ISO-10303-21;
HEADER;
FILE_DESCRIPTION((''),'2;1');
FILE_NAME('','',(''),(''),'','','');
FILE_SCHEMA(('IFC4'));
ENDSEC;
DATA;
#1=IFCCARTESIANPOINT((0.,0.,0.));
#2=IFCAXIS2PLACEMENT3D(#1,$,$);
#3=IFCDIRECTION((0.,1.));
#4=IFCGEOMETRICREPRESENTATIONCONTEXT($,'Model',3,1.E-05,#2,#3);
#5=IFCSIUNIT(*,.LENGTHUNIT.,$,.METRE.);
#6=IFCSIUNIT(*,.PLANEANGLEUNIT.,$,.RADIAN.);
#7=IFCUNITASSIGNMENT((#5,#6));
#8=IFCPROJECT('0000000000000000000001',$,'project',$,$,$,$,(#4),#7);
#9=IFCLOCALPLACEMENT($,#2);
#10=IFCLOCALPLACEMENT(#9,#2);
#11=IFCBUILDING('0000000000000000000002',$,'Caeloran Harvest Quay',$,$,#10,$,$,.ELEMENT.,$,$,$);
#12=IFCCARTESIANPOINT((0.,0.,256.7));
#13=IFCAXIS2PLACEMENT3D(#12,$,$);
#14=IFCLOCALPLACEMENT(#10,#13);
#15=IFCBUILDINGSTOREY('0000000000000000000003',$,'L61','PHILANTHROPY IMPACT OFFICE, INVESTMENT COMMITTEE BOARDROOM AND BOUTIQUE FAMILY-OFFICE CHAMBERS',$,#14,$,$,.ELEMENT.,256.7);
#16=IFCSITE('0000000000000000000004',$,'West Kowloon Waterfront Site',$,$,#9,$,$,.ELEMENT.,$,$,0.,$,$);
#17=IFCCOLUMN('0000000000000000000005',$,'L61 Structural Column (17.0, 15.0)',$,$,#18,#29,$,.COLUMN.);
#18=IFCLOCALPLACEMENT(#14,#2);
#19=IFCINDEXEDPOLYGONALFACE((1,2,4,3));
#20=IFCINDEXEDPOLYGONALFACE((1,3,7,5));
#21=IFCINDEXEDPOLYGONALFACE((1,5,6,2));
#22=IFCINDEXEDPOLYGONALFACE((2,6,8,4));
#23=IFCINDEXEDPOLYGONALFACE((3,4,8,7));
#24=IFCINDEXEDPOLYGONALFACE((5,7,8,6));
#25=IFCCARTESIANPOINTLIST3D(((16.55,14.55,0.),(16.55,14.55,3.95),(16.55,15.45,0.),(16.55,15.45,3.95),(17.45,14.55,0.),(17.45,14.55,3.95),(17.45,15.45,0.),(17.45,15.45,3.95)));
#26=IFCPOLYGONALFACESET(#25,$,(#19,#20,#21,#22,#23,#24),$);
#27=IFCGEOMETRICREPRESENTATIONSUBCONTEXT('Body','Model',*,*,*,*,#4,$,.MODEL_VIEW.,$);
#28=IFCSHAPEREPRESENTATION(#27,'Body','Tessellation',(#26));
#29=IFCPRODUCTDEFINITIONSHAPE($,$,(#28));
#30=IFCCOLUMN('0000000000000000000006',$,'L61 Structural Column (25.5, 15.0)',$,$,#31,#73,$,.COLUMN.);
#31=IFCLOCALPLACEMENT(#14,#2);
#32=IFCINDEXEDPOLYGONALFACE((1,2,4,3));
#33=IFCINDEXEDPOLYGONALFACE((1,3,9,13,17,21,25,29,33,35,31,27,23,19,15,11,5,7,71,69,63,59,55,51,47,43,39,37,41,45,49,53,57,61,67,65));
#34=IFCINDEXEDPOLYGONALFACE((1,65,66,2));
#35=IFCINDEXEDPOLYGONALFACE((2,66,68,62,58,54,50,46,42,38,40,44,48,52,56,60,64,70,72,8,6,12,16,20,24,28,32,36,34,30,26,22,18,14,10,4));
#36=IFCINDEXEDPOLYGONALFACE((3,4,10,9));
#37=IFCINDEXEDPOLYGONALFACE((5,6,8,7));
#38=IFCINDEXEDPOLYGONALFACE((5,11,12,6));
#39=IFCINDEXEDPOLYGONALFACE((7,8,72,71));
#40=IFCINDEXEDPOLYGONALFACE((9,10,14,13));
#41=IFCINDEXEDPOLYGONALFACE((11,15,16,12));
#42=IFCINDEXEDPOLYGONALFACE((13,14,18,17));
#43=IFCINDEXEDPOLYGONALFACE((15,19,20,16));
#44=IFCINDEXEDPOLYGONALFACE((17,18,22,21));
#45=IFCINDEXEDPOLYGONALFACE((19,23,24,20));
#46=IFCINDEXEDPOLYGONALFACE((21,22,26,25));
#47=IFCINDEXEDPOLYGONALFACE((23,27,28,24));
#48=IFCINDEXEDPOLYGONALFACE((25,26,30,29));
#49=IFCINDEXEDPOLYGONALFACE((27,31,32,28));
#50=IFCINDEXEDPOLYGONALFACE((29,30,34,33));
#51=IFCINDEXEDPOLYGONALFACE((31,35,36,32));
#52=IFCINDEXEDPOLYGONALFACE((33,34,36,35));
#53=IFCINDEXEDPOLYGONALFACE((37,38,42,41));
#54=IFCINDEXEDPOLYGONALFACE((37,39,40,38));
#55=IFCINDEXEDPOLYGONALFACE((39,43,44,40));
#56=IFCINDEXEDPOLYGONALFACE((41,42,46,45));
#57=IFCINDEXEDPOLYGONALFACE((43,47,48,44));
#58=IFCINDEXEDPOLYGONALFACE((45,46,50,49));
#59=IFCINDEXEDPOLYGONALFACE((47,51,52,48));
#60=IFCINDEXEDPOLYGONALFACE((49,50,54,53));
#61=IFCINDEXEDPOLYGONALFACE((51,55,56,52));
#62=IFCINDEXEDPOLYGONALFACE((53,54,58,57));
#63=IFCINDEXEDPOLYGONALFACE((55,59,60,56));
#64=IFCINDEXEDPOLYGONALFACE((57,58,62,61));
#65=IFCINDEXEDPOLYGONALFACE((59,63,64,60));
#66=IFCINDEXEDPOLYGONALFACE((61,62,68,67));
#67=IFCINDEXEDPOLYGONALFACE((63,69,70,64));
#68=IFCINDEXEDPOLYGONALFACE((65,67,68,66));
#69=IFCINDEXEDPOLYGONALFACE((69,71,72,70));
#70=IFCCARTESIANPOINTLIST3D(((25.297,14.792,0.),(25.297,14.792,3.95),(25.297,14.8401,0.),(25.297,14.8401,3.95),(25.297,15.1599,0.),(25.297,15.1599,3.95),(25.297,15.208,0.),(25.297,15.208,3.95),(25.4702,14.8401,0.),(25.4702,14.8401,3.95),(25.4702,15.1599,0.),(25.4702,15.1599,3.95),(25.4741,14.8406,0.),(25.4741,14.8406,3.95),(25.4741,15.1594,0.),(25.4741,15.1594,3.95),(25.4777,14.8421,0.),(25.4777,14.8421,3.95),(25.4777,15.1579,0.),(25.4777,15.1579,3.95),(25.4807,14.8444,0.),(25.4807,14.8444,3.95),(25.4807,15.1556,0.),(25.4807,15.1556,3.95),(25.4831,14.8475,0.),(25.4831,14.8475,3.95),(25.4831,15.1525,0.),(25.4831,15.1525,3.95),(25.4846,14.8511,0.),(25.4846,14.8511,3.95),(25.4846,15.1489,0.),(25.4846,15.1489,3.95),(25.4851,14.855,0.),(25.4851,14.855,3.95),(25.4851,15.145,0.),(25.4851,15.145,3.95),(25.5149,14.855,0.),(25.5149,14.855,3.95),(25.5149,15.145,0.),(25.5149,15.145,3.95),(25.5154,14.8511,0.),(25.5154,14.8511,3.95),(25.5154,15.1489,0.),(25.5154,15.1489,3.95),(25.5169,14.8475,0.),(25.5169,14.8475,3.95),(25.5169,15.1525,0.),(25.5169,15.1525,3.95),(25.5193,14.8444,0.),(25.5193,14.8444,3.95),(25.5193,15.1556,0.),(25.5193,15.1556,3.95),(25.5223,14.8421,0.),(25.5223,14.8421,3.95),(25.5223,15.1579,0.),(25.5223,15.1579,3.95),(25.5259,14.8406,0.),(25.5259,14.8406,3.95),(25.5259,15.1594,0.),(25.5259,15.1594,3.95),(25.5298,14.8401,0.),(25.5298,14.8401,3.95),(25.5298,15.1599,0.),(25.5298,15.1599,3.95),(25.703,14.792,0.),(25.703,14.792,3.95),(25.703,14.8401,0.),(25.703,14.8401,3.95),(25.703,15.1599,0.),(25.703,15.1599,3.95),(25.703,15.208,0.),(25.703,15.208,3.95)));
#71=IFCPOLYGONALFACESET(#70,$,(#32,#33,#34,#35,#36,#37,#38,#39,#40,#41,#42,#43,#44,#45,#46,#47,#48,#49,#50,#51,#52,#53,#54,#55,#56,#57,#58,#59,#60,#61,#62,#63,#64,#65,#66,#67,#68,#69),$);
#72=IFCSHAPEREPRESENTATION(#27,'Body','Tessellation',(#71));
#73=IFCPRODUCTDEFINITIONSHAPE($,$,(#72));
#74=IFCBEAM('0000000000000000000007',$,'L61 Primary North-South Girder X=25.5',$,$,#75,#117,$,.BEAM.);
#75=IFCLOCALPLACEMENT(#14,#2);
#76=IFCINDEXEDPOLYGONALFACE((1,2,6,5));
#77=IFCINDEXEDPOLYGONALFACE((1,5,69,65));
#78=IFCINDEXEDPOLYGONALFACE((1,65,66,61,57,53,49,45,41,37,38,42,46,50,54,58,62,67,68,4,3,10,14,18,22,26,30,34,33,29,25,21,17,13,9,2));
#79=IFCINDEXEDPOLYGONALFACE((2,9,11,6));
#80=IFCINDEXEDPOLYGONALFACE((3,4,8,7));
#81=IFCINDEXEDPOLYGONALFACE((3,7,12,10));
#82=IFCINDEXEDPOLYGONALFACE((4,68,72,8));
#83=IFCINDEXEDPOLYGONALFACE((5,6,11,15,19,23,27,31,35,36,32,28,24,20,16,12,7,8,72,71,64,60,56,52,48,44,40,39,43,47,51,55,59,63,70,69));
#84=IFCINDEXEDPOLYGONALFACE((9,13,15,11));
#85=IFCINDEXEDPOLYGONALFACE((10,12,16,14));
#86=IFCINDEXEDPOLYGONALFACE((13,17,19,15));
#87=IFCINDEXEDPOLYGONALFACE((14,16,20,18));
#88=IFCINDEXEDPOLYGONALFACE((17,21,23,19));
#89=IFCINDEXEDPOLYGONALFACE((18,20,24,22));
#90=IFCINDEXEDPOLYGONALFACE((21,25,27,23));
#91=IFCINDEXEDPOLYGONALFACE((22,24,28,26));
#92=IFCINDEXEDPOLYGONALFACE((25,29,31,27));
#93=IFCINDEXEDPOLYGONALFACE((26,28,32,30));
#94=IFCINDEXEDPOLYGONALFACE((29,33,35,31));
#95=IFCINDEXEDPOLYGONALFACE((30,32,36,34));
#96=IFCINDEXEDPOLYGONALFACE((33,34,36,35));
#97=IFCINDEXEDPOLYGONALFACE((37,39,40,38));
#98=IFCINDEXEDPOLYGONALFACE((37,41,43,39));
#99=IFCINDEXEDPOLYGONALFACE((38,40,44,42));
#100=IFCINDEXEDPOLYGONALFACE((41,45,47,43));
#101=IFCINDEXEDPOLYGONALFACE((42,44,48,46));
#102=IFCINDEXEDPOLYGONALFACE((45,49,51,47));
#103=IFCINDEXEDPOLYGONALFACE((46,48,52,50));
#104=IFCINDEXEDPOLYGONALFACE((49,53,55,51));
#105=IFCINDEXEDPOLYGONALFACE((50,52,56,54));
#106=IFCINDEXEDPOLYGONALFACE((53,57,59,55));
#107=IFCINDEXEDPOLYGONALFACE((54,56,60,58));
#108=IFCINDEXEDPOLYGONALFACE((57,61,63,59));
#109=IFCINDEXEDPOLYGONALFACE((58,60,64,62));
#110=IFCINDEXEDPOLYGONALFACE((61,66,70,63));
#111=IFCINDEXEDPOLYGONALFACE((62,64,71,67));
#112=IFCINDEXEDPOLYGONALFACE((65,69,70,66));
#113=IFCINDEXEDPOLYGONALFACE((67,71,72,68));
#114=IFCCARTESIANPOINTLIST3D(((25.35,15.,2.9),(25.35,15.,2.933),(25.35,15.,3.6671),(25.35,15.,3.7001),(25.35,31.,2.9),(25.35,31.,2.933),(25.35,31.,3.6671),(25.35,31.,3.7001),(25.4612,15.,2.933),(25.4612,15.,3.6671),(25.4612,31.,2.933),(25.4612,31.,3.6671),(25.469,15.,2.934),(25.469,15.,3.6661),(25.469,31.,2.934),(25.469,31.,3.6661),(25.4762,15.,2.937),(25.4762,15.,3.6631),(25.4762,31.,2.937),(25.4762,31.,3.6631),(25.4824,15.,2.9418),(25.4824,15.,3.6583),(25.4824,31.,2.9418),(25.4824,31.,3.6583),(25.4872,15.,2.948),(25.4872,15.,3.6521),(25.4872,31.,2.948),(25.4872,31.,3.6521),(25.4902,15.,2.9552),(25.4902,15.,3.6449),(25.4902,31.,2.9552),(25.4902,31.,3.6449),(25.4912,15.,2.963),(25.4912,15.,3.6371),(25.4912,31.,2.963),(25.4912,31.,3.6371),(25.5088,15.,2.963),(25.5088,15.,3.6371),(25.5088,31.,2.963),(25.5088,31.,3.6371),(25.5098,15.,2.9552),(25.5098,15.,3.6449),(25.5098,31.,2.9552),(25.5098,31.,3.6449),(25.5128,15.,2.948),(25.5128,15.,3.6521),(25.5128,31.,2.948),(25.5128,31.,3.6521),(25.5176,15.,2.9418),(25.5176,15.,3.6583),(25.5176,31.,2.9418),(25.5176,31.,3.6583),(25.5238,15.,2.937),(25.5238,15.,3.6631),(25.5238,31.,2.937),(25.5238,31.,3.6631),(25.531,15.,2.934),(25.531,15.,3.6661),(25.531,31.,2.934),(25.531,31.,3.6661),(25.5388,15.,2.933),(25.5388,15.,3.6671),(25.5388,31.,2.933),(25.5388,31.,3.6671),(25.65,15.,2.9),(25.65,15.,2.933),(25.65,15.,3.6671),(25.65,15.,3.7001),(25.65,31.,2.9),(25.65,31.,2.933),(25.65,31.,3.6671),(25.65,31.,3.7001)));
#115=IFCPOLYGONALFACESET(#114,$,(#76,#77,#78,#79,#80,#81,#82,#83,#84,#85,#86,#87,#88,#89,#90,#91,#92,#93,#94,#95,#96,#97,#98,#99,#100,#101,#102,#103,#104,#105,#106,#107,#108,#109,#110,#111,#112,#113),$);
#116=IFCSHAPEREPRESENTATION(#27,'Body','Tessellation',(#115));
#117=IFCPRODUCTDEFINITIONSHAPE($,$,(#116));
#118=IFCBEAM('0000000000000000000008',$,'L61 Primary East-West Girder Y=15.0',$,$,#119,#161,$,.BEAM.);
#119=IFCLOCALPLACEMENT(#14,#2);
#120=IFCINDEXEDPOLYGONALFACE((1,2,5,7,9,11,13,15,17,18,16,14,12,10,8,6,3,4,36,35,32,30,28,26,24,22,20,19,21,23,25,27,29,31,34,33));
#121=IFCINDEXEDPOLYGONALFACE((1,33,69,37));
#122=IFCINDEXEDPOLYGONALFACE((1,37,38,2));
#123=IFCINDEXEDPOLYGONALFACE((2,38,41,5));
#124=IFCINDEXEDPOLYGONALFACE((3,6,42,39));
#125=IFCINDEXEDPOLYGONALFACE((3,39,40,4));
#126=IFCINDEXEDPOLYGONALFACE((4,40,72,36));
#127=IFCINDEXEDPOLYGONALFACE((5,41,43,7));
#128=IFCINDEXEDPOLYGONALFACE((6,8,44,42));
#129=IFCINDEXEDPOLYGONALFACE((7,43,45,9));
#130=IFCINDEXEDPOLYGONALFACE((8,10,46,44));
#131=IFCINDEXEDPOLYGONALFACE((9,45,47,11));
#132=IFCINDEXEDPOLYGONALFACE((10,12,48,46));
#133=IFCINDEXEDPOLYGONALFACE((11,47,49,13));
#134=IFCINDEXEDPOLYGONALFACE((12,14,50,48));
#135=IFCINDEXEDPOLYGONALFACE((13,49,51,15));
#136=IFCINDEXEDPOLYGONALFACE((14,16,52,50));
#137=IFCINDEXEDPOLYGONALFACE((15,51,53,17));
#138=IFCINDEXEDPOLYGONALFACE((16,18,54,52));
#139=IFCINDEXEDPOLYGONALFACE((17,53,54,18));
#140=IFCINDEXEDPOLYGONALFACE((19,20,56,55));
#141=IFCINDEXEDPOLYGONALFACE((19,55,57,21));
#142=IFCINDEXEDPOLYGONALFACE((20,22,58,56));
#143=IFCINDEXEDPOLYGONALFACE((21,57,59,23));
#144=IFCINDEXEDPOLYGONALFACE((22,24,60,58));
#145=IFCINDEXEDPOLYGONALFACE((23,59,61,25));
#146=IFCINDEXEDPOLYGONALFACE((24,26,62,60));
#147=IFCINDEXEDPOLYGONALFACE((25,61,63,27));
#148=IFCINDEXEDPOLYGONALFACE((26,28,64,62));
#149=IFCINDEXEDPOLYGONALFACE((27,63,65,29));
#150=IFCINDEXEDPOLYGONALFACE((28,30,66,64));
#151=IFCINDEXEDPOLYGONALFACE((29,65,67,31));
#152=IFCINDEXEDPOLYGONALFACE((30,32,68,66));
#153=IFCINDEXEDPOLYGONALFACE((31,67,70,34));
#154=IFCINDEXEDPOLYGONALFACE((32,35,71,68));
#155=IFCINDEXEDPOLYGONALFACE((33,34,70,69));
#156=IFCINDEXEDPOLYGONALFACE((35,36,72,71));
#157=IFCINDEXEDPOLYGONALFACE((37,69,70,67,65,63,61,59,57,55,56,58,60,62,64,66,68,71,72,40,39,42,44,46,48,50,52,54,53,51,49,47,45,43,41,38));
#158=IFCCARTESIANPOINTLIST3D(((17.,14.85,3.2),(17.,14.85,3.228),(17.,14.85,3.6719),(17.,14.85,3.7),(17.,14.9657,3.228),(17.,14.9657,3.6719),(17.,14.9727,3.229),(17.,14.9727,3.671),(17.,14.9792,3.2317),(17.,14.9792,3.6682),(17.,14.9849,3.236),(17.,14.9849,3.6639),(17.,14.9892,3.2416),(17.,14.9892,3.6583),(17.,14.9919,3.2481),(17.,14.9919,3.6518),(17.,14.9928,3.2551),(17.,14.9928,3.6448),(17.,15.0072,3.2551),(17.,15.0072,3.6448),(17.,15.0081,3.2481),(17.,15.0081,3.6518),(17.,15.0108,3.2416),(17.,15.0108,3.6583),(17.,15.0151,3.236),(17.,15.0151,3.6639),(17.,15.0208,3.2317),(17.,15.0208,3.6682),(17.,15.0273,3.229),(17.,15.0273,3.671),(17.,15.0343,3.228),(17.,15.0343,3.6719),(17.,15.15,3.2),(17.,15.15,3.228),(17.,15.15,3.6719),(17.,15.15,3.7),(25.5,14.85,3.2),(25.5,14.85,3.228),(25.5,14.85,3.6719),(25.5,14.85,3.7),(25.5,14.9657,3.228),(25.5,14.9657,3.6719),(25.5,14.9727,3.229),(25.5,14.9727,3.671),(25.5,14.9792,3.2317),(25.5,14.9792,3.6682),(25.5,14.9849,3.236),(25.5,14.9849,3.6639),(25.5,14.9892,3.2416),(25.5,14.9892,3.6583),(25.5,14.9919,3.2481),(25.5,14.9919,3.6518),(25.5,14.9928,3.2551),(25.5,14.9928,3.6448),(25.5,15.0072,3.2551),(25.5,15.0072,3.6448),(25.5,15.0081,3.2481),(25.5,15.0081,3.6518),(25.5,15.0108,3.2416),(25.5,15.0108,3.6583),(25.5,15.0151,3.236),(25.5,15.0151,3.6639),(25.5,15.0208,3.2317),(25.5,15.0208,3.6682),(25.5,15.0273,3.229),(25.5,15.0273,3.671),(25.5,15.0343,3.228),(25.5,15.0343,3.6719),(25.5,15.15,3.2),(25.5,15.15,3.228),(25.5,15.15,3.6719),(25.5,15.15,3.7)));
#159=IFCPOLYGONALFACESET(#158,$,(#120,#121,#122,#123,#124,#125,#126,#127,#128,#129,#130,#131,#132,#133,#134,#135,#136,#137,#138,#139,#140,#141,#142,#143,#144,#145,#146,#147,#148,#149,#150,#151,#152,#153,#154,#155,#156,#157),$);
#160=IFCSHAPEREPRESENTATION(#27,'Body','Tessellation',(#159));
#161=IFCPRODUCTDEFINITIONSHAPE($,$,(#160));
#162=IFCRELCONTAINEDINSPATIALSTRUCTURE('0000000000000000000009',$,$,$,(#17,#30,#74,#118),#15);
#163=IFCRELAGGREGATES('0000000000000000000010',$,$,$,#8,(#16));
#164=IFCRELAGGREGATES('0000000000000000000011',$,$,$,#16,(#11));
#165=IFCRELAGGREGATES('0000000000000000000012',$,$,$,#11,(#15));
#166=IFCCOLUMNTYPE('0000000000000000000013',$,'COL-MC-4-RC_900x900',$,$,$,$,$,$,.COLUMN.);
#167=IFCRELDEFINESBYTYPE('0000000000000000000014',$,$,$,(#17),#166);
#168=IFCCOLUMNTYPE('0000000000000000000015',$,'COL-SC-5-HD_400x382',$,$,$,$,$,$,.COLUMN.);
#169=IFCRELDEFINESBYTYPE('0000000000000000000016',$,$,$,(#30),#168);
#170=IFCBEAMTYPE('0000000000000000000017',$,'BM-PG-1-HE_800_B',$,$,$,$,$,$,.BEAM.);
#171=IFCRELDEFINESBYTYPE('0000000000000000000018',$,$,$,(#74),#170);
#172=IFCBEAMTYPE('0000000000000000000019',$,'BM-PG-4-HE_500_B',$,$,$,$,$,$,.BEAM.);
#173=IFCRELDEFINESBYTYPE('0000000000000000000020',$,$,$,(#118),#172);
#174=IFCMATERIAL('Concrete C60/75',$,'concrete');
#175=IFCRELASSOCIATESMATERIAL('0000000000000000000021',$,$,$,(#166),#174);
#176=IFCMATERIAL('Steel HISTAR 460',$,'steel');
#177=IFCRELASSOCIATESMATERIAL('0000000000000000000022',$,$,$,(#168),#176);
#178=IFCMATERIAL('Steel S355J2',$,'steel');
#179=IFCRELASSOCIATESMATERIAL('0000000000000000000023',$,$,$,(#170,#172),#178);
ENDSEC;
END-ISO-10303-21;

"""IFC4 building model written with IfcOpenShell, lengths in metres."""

from ifc_helpers import new_model, si_unit, direction, frame, origin, origin_2d, place, context, subcontext, project, spatial, rectangle, i_section, extrude, material, material_profile, profile_set, type_object, element, save


model = new_model("IFC4")

# Units and contexts
model_context = context("Model", 3, precision=1e-05, world=origin(), true_north=direction((0.0, 1.0)))
body_context = subcontext(model_context, "Body", "Model", "MODEL_VIEW")
ifc_project = project(units=[si_unit("LENGTHUNIT", "METRE"), si_unit("PLANEANGLEUNIT", "RADIAN")], contexts=[model_context])

# Site, building, storey
site_placement = place(None, origin())
site = spatial("IfcSite", under=ifc_project, at=site_placement, Name="West Kowloon Waterfront Site", CompositionType="ELEMENT", RefElevation=0.0)
building_placement = place(site_placement, origin())
building = spatial("IfcBuilding", under=site, at=building_placement, Name="Caeloran Harvest Quay", CompositionType="ELEMENT")
storey_placement = place(building_placement, frame((0.0, 0.0, 256.7)))
storey = spatial("IfcBuildingStorey", under=building, at=storey_placement, Name="L61", Description="PHILANTHROPY IMPACT OFFICE, INVESTMENT COMMITTEE BOARDROOM AND BOUTIQUE FAMILY-OFFICE CHAMBERS", CompositionType="ELEMENT", Elevation=256.7)

# Columns
ifc_material_1 = material(Name="Concrete C60/75", Category="concrete")
ifc_material_profile_1 = material_profile(ifc_material_1, rectangle(XDim=0.8999, YDim=0.8999, at=origin_2d()), Name="RC 900x900")
ifc_profile_set_1 = profile_set([ifc_material_profile_1], Name="Concrete C60/75")
column_type_1 = type_object("IfcColumnType", Name="COL-MC-4-RC_900x900", PredefinedType="COLUMN", material=ifc_profile_set_1)
column_1_placement = place(storey_placement, frame((17.0, 15.0, 0.0), z_axis=(0.0, 0.0, 1.0), x_axis=(1.0, 0.0, 0.0)))
element("IfcColumn", 1, at=column_1_placement, inside=storey, type_object=column_type_1, Name="L61 Structural Column (17.0, 15.0)", PredefinedType="COLUMN", context=body_context, shape_type="SweptSolid", body=[
    extrude(rectangle(XDim=0.8999, YDim=0.8999, at=origin_2d()), origin(), (0.0, 0.0, 1.0), 3.95),
])
ifc_material_2 = material(Name="Steel HISTAR 460", Category="steel")
ifc_material_profile_2 = material_profile(ifc_material_2, i_section(OverallWidth=0.406, OverallDepth=0.416, WebThickness=0.0298, FlangeThickness=0.0481, FilletRadius=0.0149, at=origin_2d()), Name="HD 400x382")
ifc_profile_set_2 = profile_set([ifc_material_profile_2], Name="Steel HISTAR 460")
column_type_2 = type_object("IfcColumnType", Name="COL-SC-5-HD_400x382", PredefinedType="COLUMN", material=ifc_profile_set_2)
column_2_placement = place(storey_placement, frame((25.5, 15.0, 0.0), z_axis=(0.0, 0.0, 1.0), x_axis=(1.0, 0.0, 0.0)))
element("IfcColumn", 2, at=column_2_placement, inside=storey, type_object=column_type_2, Name="L61 Structural Column (25.5, 15.0)", PredefinedType="COLUMN", context=body_context, shape_type="SweptSolid", body=[
    extrude(i_section(OverallWidth=0.406, OverallDepth=0.416, WebThickness=0.0298, FlangeThickness=0.0481, FilletRadius=0.0149, at=origin_2d()), origin(), (0.0, 0.0, 1.0), 3.95),
])

# Beams
ifc_material_3 = material(Name="Steel S355J2", Category="steel")
ifc_material_profile_3 = material_profile(ifc_material_3, i_section(OverallWidth=0.3, OverallDepth=0.8, WebThickness=0.0176, FlangeThickness=0.033, FilletRadius=0.03, at=origin_2d()), Name="HE 800 B")
ifc_profile_set_3 = profile_set([ifc_material_profile_3], Name="Steel S355J2")
beam_type_1 = type_object("IfcBeamType", Name="BM-PG-1-HE_800_B", PredefinedType="BEAM", material=ifc_profile_set_3)
beam_1_placement = place(storey_placement, frame((25.5, 15.0, 3.3), z_axis=(0.0, 1.0, 0.0), x_axis=(-1.0, 0.0, 0.0)))
element("IfcBeam", 3, at=beam_1_placement, inside=storey, type_object=beam_type_1, Name="L61 Primary North-South Girder X=25.5", PredefinedType="BEAM", context=body_context, shape_type="SweptSolid", body=[
    extrude(i_section(OverallWidth=0.3, OverallDepth=0.8, WebThickness=0.0176, FlangeThickness=0.033, FilletRadius=0.03, at=origin_2d()), origin(), (0.0, 0.0, 1.0), 16.0),
])
ifc_material_profile_4 = material_profile(ifc_material_3, i_section(OverallWidth=0.3, OverallDepth=0.5, WebThickness=0.0144, FlangeThickness=0.0281, FilletRadius=0.0271, at=origin_2d()), Name="HE 500 B")
ifc_profile_set_4 = profile_set([ifc_material_profile_4], Name="Steel S355J2")
beam_type_2 = type_object("IfcBeamType", Name="BM-PG-4-HE_500_B", PredefinedType="BEAM", material=ifc_profile_set_4)
beam_2_placement = place(storey_placement, frame((17.0, 15.0, 3.45), z_axis=(1.0, 0.0, 0.0), x_axis=(0.0, 1.0, 0.0)))
element("IfcBeam", 4, at=beam_2_placement, inside=storey, type_object=beam_type_2, Name="L61 Primary East-West Girder Y=15.0", PredefinedType="BEAM", context=body_context, shape_type="SweptSolid", body=[
    extrude(i_section(OverallWidth=0.3, OverallDepth=0.5, WebThickness=0.0144, FlangeThickness=0.0281, FilletRadius=0.0271, at=origin_2d()), origin(), (0.0, 0.0, 1.0), 8.5),
])

save(model, "model.ifc")
